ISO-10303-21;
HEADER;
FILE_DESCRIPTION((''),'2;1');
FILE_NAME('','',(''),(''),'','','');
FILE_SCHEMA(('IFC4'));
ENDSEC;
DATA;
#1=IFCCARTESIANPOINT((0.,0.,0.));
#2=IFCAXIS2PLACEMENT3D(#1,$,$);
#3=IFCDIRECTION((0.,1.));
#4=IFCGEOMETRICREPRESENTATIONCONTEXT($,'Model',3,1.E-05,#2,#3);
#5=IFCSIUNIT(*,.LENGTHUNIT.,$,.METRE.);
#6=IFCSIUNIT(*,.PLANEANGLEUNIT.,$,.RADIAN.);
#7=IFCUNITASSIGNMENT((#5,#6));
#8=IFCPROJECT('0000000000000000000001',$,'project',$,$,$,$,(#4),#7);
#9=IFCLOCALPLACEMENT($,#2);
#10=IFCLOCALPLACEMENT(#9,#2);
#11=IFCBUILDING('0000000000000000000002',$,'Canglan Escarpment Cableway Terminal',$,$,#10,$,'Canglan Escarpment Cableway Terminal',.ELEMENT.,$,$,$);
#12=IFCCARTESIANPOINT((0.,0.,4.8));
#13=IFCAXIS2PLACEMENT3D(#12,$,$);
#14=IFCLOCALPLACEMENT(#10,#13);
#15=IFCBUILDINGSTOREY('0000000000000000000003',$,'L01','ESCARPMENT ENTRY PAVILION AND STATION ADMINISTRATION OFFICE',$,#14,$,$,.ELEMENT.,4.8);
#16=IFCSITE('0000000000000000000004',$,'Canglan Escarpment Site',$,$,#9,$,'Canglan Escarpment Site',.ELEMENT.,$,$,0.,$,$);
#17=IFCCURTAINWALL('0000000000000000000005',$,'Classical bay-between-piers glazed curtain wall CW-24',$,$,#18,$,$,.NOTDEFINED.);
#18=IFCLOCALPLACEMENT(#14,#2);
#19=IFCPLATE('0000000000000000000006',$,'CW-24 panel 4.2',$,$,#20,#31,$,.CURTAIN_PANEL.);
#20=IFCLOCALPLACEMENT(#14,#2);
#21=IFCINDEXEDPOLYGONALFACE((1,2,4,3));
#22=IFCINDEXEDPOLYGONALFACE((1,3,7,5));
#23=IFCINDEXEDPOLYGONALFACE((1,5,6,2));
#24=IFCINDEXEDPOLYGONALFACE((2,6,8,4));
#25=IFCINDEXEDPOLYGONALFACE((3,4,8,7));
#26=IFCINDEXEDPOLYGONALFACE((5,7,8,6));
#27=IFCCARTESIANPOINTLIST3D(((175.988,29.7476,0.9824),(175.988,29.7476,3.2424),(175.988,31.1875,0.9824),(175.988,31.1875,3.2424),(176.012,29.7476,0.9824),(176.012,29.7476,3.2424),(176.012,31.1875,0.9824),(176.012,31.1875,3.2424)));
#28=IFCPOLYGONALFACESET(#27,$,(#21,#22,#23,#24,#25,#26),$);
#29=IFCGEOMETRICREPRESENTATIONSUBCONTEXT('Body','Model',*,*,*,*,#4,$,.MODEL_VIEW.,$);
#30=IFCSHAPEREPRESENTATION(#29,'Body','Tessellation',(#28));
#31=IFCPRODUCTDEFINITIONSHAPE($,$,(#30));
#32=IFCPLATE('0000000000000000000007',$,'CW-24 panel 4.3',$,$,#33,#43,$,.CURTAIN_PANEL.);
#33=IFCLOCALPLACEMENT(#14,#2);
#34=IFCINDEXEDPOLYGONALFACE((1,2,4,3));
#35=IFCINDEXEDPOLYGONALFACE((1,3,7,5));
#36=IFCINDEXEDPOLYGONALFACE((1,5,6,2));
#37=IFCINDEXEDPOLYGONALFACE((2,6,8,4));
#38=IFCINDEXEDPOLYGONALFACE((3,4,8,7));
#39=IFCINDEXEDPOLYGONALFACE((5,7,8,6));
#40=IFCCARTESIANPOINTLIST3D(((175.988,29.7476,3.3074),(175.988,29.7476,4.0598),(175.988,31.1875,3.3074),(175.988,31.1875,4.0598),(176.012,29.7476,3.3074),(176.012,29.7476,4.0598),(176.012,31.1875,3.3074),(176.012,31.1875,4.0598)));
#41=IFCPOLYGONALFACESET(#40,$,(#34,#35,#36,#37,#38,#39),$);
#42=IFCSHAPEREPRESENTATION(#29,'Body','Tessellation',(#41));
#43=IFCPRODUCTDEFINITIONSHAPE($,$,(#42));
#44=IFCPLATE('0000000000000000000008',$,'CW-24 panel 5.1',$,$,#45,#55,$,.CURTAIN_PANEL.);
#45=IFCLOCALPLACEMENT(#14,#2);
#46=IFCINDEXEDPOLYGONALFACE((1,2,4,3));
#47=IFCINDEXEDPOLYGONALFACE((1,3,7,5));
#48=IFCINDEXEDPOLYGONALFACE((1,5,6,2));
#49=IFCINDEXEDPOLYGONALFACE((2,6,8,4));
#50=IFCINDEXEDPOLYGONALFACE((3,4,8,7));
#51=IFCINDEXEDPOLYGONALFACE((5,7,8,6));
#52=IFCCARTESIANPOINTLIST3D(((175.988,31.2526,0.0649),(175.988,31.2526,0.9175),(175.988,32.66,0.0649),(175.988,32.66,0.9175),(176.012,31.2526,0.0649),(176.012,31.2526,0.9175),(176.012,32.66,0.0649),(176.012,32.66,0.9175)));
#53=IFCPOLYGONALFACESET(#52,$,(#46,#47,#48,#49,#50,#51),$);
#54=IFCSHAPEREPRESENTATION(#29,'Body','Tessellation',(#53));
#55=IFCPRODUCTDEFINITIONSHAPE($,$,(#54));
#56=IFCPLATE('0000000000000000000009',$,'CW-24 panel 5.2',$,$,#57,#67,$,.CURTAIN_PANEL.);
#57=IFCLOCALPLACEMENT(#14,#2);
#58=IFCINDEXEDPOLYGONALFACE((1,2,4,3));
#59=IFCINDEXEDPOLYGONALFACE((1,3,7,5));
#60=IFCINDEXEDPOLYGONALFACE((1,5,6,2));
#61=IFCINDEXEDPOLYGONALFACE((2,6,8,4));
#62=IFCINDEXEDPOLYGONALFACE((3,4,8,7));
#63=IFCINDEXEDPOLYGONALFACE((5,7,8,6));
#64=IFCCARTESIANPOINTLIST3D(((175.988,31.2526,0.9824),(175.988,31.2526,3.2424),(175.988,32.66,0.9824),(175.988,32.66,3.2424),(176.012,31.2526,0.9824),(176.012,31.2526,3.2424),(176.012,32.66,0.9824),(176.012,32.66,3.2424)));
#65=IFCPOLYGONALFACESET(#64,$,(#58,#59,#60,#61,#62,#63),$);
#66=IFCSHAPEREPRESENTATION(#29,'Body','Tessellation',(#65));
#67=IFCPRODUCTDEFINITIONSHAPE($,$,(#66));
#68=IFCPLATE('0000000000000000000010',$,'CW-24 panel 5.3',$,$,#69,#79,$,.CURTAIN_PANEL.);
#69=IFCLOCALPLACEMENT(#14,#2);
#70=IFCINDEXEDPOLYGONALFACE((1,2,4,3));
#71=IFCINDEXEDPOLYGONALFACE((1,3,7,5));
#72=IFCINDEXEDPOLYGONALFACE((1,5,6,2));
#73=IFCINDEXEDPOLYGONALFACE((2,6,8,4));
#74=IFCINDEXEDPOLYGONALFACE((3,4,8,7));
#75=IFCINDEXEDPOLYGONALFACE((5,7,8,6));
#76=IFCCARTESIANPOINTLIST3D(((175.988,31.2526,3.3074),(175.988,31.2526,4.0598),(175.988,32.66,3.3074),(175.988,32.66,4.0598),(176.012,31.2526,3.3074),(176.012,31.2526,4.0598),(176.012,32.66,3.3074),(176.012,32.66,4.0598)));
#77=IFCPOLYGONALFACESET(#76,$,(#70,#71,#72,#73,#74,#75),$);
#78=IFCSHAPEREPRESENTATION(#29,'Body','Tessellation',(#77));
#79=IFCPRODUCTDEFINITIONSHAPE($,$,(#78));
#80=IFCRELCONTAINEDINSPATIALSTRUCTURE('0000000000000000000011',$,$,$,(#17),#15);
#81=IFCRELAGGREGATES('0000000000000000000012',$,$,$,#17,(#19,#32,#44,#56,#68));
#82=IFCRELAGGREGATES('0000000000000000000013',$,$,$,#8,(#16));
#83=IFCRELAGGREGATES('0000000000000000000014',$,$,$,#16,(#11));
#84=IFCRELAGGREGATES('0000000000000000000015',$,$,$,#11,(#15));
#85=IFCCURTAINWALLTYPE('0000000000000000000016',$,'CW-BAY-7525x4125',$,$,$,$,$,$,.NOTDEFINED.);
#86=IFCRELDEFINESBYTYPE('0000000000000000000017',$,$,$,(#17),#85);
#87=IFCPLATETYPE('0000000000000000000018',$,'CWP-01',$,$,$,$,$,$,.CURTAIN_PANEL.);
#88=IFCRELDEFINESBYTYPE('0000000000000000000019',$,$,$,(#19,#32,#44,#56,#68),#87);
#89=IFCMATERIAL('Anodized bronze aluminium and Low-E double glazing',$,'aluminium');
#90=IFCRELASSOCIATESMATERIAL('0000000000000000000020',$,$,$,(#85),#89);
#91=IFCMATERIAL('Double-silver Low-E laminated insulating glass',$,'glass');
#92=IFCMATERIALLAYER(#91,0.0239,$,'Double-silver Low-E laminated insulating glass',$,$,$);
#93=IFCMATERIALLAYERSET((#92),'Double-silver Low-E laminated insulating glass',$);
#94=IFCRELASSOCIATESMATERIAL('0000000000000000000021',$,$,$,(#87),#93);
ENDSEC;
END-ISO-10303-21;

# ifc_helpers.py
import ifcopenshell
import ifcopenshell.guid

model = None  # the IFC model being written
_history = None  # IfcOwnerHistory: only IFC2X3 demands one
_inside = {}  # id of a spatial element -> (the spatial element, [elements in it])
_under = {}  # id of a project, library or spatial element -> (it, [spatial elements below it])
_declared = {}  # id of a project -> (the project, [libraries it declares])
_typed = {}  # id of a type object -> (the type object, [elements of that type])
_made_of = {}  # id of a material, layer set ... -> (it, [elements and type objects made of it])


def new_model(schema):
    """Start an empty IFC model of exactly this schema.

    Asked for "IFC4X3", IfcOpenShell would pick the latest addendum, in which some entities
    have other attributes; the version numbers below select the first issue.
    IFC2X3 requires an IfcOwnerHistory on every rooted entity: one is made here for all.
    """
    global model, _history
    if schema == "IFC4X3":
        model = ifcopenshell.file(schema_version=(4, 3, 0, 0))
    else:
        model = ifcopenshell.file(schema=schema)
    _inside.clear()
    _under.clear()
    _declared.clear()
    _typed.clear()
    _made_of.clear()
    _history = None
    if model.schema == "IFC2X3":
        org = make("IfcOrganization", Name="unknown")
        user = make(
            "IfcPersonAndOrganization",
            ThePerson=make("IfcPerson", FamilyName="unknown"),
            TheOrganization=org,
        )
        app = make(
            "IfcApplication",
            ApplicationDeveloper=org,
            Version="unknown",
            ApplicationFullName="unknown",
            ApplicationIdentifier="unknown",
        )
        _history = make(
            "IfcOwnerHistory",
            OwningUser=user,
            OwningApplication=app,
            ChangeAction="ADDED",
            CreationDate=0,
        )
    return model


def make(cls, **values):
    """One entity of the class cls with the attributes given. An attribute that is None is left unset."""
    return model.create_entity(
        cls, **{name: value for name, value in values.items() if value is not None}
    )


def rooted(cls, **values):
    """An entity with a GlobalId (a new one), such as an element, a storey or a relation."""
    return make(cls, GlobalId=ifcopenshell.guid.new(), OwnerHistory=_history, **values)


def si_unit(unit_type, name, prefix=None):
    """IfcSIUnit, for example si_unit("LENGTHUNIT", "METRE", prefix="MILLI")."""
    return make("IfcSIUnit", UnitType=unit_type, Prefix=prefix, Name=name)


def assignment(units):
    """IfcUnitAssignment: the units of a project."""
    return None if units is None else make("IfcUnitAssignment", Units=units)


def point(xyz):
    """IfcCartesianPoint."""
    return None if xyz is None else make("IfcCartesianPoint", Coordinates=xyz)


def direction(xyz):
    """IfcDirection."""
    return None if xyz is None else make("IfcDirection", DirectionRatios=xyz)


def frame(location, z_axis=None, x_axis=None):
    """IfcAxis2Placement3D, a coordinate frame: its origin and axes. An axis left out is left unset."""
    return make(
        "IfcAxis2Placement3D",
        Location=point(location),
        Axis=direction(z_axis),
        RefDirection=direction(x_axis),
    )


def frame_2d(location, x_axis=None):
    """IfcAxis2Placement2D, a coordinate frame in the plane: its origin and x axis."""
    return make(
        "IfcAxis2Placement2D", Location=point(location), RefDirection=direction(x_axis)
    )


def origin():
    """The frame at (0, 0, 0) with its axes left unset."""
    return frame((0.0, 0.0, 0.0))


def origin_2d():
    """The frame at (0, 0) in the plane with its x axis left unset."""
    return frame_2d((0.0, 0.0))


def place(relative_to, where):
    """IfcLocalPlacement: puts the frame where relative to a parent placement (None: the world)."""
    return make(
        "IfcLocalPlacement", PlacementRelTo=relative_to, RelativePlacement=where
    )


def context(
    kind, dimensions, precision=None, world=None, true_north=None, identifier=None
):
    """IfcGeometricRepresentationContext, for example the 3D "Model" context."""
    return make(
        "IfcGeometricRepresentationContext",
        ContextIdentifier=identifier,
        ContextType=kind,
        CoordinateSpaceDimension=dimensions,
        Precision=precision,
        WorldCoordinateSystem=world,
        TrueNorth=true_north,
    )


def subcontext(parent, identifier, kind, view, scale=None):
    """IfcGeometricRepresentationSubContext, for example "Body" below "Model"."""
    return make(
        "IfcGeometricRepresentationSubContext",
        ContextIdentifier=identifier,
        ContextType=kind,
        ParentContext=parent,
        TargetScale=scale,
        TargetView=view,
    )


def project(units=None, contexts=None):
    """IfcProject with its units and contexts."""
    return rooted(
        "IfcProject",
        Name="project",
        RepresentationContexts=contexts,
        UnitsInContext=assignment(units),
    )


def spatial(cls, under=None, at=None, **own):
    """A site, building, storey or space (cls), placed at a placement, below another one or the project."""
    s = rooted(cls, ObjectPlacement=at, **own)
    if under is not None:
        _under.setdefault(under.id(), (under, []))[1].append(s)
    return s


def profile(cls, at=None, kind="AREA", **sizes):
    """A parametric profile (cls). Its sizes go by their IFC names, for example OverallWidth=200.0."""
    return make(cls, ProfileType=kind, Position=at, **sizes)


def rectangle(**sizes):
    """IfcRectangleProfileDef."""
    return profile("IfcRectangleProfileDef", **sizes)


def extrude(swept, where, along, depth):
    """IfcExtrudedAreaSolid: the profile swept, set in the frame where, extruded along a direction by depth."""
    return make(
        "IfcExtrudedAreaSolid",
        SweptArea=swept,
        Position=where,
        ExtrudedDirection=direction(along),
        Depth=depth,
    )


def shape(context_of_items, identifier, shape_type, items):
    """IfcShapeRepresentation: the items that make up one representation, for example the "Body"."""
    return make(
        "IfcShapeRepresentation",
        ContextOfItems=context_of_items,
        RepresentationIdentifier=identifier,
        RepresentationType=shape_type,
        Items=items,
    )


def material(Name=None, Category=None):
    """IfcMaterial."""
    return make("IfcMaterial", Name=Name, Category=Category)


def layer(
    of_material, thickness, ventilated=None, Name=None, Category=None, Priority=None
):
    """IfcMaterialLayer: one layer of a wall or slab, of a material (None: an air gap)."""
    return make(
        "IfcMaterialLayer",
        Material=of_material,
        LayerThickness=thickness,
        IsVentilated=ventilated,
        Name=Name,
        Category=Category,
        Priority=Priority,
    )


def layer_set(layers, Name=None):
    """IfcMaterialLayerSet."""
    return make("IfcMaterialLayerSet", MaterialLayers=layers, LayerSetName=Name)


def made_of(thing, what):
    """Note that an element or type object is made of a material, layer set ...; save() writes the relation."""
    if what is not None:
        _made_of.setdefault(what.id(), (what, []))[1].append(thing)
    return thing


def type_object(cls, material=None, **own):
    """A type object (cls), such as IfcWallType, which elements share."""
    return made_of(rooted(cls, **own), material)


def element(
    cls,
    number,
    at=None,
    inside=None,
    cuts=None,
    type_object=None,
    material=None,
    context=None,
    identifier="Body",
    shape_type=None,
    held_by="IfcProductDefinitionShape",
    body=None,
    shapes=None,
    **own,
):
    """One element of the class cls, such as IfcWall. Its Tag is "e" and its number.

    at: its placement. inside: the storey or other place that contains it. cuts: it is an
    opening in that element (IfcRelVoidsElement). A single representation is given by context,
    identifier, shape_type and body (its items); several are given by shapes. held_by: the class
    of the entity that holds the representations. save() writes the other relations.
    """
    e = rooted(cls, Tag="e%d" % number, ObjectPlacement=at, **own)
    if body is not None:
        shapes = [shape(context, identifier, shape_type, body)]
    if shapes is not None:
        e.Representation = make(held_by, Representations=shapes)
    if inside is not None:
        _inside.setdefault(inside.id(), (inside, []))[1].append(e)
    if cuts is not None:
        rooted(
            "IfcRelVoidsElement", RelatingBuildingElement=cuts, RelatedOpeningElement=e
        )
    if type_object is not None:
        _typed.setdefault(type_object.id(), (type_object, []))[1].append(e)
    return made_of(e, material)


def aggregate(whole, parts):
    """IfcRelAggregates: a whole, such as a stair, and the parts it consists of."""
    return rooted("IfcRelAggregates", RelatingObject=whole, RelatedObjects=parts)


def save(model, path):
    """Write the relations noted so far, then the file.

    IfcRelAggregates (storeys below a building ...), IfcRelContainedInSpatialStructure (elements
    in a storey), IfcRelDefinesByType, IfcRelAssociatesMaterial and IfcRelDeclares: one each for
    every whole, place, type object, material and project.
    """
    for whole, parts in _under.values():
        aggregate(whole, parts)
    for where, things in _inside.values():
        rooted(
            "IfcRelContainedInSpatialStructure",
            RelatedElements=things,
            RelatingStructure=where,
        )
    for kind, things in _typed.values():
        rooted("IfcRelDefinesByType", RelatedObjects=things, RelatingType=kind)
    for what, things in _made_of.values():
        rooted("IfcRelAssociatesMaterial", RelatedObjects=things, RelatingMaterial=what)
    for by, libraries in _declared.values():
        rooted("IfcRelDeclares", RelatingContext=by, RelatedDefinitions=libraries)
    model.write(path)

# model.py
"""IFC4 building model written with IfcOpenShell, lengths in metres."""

from ifc_helpers import new_model, si_unit, direction, frame, origin, origin_2d, place, context, subcontext, project, spatial, rectangle, extrude, material, layer, layer_set, type_object, element, aggregate, save


model = new_model("IFC4")

# Units and contexts
model_context = context("Model", 3, precision=1e-05, world=origin(), true_north=direction((0.0, 1.0)))
body_context = subcontext(model_context, "Body", "Model", "MODEL_VIEW")
ifc_project = project(units=[si_unit("LENGTHUNIT", "METRE"), si_unit("PLANEANGLEUNIT", "RADIAN")], contexts=[model_context])

# Site, building, storey
site_placement = place(None, origin())
site = spatial("IfcSite", under=ifc_project, at=site_placement, Name="Canglan Escarpment Site", LongName="Canglan Escarpment Site", CompositionType="ELEMENT", RefElevation=0.0)
building_placement = place(site_placement, origin())
building = spatial("IfcBuilding", under=site, at=building_placement, Name="Canglan Escarpment Cableway Terminal", LongName="Canglan Escarpment Cableway Terminal", CompositionType="ELEMENT")
storey_placement = place(building_placement, frame((0.0, 0.0, 4.8)))
storey = spatial("IfcBuildingStorey", under=building, at=storey_placement, Name="L01", Description="ESCARPMENT ENTRY PAVILION AND STATION ADMINISTRATION OFFICE", CompositionType="ELEMENT", Elevation=4.8)

# Curtain wall, plates
ifc_material_1 = material(Name="Anodized bronze aluminium and Low-E double glazing", Category="aluminium")
curtain_wall_type = type_object("IfcCurtainWallType", Name="CW-BAY-7525x4125", PredefinedType="NOTDEFINED", material=ifc_material_1)
curtain_wall_placement = place(storey_placement, origin())
curtain_wall = element("IfcCurtainWall", 1, at=curtain_wall_placement, inside=storey, type_object=curtain_wall_type, Name="Classical bay-between-piers glazed curtain wall CW-24", PredefinedType="NOTDEFINED")
ifc_material_2 = material(Name="Double-silver Low-E laminated insulating glass", Category="glass")
ifc_layer = layer(ifc_material_2, 0.0239, Name="Double-silver Low-E laminated insulating glass")
ifc_layer_set = layer_set([ifc_layer], Name="Double-silver Low-E laminated insulating glass")
plate_type = type_object("IfcPlateType", Name="CWP-01", PredefinedType="CURTAIN_PANEL", material=ifc_layer_set)
plate_1_placement = place(storey_placement, frame((176.0, 30.4675, 0.9824), z_axis=(0.0, 0.0, 1.0), x_axis=(0.0, 1.0, 0.0)))
plate_1 = element("IfcPlate", 2, at=plate_1_placement, type_object=plate_type, Name="CW-24 panel 4.2", PredefinedType="CURTAIN_PANEL", context=body_context, shape_type="SweptSolid", body=[
    extrude(rectangle(XDim=1.4399, YDim=0.0239, at=origin_2d()), origin(), (0.0, 0.0, 1.0), 2.26),
])
plate_2_placement = place(storey_placement, frame((176.0, 30.4675, 3.3074), z_axis=(0.0, 0.0, 1.0), x_axis=(0.0, 1.0, 0.0)))
plate_2 = element("IfcPlate", 3, at=plate_2_placement, type_object=plate_type, Name="CW-24 panel 4.3", PredefinedType="CURTAIN_PANEL", context=body_context, shape_type="SweptSolid", body=[
    extrude(rectangle(XDim=1.4399, YDim=0.0239, at=origin_2d()), origin(), (0.0, 0.0, 1.0), 0.7524),
])
plate_3_placement = place(storey_placement, frame((176.0, 31.9563, 0.0649), z_axis=(0.0, 0.0, 1.0), x_axis=(0.0, 1.0, 0.0)))
plate_3 = element("IfcPlate", 4, at=plate_3_placement, type_object=plate_type, Name="CW-24 panel 5.1", PredefinedType="CURTAIN_PANEL", context=body_context, shape_type="SweptSolid", body=[
    extrude(rectangle(XDim=1.4075, YDim=0.0239, at=origin_2d()), origin(), (0.0, 0.0, 1.0), 0.8525),
])
plate_4_placement = place(storey_placement, frame((176.0, 31.9563, 0.9824), z_axis=(0.0, 0.0, 1.0), x_axis=(0.0, 1.0, 0.0)))
plate_4 = element("IfcPlate", 5, at=plate_4_placement, type_object=plate_type, Name="CW-24 panel 5.2", PredefinedType="CURTAIN_PANEL", context=body_context, shape_type="SweptSolid", body=[
    extrude(rectangle(XDim=1.4075, YDim=0.0239, at=origin_2d()), origin(), (0.0, 0.0, 1.0), 2.26),
])
plate_5_placement = place(storey_placement, frame((176.0, 31.9563, 3.3074), z_axis=(0.0, 0.0, 1.0), x_axis=(0.0, 1.0, 0.0)))
plate_5 = element("IfcPlate", 6, at=plate_5_placement, type_object=plate_type, Name="CW-24 panel 5.3", PredefinedType="CURTAIN_PANEL", context=body_context, shape_type="SweptSolid", body=[
    extrude(rectangle(XDim=1.4075, YDim=0.0239, at=origin_2d()), origin(), (0.0, 0.0, 1.0), 0.7524),
])
aggregate(curtain_wall, [plate_1, plate_2, plate_3, plate_4, plate_5])

save(model, "model.ifc")
